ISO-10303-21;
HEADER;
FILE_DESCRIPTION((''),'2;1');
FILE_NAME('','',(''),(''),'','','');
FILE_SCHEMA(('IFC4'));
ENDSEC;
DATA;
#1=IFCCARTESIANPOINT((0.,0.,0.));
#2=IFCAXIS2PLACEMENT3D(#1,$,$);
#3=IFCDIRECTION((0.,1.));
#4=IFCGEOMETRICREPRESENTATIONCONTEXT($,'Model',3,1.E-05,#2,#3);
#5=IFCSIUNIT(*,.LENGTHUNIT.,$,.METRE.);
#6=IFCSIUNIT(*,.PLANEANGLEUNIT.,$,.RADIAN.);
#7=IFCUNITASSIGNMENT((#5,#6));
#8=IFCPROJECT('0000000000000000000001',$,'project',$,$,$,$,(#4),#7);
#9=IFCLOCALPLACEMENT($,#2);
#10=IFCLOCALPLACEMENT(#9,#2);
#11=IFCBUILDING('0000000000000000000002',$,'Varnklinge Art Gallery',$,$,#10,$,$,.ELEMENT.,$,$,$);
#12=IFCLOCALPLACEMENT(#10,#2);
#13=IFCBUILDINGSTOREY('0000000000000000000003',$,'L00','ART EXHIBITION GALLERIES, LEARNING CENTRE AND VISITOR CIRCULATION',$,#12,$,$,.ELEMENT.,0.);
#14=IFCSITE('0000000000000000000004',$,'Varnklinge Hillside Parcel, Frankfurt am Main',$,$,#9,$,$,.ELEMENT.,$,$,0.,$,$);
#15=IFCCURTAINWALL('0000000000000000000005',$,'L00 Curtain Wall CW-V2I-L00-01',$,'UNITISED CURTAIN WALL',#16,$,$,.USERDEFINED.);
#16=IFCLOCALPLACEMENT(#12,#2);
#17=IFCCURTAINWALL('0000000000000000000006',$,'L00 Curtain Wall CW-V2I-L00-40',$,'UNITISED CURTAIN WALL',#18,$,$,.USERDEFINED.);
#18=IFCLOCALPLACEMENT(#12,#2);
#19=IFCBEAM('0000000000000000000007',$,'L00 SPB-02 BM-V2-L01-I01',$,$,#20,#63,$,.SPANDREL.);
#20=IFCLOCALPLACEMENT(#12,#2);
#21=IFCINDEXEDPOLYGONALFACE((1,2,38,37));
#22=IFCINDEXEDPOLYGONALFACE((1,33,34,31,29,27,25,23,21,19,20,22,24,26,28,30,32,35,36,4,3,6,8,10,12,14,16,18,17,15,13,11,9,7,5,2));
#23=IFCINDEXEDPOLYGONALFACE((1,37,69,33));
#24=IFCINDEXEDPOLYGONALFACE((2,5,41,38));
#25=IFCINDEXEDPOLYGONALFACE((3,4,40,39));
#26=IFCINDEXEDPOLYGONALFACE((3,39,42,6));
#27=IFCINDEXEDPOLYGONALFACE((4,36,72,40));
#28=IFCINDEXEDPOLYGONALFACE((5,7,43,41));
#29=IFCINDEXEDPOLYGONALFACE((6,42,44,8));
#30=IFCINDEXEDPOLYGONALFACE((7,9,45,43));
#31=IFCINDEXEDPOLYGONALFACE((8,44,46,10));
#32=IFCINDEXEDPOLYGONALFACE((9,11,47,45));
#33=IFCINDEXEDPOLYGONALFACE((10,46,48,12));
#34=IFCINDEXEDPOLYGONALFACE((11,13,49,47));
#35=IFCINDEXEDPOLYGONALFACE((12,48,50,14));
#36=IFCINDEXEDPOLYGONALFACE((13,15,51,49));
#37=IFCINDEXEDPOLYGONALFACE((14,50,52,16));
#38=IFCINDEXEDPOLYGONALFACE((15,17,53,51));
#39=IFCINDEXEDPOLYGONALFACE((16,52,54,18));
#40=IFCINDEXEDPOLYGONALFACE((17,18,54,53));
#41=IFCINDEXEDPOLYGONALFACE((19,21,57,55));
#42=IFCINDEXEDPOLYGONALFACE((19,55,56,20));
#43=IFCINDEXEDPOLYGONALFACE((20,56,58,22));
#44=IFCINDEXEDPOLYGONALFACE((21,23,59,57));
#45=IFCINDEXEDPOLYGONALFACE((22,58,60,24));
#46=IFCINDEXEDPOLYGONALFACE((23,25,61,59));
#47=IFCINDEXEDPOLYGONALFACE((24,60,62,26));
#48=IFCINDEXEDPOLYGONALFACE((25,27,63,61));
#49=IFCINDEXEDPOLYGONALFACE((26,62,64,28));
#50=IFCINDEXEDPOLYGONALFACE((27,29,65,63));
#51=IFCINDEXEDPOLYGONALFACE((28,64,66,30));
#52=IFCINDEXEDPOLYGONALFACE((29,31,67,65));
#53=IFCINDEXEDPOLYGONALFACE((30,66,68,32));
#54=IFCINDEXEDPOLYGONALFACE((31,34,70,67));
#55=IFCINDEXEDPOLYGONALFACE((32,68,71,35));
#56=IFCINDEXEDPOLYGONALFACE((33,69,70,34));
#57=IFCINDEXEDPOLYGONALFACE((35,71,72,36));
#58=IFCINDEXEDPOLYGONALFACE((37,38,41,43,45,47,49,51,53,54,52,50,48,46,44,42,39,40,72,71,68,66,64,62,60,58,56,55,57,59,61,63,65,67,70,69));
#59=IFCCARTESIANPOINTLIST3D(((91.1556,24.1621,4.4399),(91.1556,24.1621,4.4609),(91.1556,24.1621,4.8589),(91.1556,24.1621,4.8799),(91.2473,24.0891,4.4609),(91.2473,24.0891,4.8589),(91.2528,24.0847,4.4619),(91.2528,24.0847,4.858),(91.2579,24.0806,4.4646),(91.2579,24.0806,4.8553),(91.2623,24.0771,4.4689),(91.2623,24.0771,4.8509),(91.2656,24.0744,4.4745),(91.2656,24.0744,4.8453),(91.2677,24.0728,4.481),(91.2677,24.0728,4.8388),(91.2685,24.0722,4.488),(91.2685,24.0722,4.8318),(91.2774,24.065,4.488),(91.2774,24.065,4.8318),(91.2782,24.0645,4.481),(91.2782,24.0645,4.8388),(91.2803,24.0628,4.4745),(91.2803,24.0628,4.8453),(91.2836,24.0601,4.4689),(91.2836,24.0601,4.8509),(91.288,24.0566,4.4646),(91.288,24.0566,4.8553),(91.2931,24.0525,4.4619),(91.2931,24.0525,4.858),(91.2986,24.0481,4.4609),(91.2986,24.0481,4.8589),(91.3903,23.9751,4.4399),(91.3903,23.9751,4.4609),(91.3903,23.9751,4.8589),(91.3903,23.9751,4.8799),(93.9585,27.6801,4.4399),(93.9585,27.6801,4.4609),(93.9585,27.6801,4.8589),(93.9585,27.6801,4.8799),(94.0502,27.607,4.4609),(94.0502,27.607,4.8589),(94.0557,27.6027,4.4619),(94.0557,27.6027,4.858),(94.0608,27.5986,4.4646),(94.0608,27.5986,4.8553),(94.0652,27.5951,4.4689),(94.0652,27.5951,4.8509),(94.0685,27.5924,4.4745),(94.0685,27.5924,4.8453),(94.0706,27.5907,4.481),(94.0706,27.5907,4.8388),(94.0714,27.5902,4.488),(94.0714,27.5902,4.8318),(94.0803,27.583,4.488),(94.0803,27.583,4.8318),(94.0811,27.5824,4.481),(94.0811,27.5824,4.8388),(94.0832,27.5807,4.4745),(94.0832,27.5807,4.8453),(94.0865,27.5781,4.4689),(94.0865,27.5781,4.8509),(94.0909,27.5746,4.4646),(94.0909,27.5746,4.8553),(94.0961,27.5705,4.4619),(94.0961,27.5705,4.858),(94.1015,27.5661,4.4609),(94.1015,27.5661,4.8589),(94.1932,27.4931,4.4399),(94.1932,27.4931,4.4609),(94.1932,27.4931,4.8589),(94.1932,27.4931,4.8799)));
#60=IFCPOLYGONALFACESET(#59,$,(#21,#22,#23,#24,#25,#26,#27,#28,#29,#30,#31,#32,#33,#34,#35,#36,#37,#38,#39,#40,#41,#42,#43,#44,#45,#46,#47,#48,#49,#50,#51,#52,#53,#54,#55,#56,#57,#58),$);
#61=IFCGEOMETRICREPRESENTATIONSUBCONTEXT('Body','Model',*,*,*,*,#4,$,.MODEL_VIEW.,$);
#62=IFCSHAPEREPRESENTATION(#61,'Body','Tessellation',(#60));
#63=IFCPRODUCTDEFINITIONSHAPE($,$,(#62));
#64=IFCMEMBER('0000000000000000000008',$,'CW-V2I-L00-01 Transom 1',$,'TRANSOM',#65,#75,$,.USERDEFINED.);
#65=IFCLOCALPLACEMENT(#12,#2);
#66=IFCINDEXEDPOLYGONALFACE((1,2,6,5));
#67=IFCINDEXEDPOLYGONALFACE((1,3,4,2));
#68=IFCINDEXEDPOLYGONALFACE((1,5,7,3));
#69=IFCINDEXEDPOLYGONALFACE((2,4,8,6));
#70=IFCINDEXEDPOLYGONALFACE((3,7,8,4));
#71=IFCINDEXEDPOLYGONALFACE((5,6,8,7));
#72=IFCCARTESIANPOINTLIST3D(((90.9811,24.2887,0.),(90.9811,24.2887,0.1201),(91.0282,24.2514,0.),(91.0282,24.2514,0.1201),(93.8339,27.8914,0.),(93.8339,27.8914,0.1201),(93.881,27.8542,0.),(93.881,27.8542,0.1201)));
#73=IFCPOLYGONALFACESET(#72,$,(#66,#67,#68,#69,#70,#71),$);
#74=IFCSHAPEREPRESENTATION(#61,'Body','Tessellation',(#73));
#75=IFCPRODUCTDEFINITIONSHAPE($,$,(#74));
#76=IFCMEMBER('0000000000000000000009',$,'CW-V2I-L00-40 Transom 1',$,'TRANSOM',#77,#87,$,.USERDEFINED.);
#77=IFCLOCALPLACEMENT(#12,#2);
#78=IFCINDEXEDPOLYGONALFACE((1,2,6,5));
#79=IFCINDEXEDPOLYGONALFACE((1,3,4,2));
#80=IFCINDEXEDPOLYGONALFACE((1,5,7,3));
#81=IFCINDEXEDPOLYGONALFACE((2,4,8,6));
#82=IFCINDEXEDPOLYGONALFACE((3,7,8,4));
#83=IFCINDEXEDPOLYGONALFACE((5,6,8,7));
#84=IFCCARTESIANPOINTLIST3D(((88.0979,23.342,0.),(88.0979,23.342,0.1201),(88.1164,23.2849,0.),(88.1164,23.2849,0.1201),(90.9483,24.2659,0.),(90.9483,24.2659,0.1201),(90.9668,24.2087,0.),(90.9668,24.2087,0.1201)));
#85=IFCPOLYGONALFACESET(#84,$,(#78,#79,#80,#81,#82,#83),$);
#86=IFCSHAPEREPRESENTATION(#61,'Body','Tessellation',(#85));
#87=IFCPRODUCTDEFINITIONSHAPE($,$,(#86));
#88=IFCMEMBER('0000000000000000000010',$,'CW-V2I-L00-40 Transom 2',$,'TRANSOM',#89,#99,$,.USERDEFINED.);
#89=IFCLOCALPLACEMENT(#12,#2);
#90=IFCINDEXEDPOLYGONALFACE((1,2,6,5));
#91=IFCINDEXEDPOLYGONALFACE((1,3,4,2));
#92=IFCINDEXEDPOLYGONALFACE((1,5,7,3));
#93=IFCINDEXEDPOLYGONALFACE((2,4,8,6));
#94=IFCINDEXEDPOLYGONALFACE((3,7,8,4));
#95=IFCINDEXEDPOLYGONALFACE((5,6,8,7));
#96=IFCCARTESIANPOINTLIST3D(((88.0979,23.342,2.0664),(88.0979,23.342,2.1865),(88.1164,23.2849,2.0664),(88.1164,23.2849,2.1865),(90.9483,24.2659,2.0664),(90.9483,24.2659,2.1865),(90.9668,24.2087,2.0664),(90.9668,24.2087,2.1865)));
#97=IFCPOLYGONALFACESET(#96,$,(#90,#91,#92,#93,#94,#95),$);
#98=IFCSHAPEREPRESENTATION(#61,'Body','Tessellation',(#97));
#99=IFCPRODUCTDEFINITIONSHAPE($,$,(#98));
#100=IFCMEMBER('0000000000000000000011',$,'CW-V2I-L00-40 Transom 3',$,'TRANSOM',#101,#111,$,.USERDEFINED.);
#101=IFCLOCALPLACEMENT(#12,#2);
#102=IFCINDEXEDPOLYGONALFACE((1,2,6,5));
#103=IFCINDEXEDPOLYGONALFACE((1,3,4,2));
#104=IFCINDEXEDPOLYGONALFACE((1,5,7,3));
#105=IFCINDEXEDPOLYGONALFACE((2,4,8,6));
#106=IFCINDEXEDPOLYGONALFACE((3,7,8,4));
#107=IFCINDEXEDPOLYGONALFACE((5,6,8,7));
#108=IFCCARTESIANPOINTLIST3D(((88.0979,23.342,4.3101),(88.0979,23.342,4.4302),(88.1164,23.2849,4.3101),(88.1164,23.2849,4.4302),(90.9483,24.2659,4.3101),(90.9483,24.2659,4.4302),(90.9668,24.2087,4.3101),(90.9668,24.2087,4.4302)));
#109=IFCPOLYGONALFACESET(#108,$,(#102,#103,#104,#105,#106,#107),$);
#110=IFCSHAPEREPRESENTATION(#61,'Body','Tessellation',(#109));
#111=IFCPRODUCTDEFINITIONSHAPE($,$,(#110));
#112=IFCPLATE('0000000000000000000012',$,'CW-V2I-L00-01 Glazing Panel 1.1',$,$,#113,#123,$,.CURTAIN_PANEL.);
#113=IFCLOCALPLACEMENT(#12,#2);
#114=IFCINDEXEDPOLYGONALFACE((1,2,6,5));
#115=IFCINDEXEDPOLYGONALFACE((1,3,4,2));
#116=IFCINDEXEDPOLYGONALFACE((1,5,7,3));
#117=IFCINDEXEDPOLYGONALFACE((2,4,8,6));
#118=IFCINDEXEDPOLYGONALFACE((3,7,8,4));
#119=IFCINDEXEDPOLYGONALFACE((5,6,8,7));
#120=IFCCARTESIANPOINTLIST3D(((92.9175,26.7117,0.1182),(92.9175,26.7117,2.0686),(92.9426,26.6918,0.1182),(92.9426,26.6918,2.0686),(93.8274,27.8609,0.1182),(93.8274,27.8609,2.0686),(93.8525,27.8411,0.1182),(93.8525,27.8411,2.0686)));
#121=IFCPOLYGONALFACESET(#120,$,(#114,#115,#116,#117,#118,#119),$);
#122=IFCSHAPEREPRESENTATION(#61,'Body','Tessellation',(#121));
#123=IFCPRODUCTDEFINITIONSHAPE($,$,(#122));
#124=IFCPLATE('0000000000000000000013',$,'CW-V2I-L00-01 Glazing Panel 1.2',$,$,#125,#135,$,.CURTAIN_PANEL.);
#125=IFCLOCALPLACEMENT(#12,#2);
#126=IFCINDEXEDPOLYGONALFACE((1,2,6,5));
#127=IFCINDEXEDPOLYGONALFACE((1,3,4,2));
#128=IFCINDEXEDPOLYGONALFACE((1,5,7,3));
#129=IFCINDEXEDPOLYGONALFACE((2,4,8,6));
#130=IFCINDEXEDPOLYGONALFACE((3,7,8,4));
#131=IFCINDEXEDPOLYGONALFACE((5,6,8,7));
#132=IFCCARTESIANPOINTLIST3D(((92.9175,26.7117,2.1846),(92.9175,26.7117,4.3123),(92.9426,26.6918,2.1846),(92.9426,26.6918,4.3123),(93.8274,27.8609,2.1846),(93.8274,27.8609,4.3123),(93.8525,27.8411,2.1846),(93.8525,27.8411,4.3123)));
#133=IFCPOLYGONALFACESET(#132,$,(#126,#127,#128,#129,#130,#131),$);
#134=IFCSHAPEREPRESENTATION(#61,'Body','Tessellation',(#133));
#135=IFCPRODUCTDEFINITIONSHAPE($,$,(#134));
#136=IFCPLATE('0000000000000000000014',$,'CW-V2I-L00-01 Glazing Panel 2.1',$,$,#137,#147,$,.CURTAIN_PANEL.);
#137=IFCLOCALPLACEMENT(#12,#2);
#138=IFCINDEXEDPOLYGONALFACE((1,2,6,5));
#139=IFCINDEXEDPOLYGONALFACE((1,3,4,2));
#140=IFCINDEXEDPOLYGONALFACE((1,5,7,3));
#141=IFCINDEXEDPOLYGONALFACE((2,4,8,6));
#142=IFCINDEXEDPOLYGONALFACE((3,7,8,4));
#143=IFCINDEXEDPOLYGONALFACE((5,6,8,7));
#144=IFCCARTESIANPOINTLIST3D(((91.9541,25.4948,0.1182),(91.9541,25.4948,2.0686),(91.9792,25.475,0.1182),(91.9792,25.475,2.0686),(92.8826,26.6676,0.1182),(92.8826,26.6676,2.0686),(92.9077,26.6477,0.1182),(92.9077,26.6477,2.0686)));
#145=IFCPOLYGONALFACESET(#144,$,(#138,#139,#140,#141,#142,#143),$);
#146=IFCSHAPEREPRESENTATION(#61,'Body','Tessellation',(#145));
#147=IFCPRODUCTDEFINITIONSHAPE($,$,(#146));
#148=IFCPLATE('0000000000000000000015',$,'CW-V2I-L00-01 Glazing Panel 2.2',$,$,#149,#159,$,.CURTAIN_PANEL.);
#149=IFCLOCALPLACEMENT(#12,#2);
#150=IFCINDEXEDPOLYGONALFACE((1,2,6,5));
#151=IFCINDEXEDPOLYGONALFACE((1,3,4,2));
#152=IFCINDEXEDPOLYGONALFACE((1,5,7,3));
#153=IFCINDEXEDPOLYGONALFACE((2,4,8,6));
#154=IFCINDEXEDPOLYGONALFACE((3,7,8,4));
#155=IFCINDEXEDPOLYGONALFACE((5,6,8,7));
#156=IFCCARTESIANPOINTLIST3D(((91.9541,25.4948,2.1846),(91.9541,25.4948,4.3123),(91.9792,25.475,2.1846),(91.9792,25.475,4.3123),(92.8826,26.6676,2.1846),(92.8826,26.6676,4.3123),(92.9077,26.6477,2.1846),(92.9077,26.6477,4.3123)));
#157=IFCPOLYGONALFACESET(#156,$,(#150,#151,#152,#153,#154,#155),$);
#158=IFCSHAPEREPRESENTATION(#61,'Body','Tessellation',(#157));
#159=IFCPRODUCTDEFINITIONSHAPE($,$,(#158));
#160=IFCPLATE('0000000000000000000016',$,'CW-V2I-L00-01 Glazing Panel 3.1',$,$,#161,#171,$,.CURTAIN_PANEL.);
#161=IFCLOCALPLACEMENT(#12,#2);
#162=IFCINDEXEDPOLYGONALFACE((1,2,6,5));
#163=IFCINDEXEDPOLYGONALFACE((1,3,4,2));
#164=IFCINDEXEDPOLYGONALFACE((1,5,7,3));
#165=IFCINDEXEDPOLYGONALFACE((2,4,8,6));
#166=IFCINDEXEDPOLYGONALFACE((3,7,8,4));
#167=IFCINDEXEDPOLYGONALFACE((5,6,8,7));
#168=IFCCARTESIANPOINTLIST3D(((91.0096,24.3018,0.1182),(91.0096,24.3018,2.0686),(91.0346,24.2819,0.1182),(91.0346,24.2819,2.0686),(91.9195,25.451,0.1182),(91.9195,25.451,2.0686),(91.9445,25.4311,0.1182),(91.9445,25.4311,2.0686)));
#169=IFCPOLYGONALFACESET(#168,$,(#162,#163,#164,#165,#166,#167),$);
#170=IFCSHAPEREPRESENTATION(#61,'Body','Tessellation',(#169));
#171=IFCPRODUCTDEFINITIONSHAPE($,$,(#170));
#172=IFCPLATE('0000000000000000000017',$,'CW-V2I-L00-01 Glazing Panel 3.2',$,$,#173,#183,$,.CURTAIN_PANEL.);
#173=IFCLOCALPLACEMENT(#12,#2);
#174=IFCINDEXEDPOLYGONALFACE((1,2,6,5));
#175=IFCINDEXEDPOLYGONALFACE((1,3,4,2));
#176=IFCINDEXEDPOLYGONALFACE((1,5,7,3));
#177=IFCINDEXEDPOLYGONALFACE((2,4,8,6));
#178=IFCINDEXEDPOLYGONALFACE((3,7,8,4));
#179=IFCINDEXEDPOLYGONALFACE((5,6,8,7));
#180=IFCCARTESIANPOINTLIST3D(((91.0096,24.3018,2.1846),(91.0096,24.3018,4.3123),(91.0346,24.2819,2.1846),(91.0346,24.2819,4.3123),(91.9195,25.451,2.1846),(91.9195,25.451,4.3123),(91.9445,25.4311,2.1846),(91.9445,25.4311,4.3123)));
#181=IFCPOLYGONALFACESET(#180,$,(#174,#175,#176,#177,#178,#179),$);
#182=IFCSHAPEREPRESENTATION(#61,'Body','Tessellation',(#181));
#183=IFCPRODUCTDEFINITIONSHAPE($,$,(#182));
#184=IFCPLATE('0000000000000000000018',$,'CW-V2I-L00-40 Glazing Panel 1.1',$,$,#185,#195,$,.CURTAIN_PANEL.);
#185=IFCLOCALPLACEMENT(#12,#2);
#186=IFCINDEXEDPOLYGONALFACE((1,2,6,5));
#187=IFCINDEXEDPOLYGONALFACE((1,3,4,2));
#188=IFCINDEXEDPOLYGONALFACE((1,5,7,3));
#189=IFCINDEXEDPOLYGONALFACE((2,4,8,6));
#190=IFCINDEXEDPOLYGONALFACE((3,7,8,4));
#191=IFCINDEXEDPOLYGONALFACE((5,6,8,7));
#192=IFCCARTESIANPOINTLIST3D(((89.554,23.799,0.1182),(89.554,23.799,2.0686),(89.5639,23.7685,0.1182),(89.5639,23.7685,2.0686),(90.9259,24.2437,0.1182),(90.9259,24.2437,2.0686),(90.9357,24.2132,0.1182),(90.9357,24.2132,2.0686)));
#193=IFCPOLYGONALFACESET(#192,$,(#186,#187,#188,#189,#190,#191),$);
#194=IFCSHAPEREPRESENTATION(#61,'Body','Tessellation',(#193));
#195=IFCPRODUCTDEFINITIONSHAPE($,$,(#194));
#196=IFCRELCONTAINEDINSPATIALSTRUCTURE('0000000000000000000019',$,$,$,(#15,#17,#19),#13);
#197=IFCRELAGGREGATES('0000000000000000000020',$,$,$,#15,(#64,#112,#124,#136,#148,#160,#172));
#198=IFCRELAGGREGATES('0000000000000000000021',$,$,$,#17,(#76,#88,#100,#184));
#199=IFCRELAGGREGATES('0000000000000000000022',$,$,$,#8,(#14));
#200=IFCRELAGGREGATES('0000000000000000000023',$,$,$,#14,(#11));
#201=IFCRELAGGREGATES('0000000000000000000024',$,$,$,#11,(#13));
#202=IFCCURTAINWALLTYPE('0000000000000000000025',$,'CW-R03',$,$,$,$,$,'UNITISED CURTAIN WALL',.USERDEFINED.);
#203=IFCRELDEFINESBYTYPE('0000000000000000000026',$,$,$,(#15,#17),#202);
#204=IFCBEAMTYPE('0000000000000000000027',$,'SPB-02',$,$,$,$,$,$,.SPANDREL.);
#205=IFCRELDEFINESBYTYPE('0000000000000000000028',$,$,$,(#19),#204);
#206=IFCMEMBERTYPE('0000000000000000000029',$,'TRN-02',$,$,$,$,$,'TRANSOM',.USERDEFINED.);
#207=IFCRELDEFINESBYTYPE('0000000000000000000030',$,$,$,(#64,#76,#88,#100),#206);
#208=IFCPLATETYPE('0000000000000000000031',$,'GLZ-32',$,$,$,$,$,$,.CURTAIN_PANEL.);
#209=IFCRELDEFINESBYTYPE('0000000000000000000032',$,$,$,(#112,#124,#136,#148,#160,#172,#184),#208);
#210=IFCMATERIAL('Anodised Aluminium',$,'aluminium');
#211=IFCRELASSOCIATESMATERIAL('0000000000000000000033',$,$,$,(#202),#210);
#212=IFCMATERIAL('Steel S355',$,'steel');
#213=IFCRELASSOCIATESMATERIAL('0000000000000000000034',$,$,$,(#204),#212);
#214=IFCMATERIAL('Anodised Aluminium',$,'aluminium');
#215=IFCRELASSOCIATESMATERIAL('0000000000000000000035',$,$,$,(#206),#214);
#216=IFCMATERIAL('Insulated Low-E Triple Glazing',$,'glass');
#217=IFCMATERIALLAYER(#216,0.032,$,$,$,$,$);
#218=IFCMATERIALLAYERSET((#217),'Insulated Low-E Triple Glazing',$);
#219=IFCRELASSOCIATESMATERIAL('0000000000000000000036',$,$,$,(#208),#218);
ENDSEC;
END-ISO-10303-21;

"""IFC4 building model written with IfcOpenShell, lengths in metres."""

from ifc_helpers import new_model, si_unit, direction, frame, origin, origin_2d, place, context, subcontext, project, spatial, rectangle, i_section, extrude, material, layer, layer_set, material_profile, profile_set, type_object, element, aggregate, save


model = new_model("IFC4")

# Units and contexts
model_context = context("Model", 3, precision=1e-05, world=origin(), true_north=direction((0.0, 1.0)))
body_context = subcontext(model_context, "Body", "Model", "MODEL_VIEW")
ifc_project = project(units=[si_unit("LENGTHUNIT", "METRE"), si_unit("PLANEANGLEUNIT", "RADIAN")], contexts=[model_context])

# Site, building, storey
site_placement = place(None, origin())
site = spatial("IfcSite", under=ifc_project, at=site_placement, Name="Varnklinge Hillside Parcel, Frankfurt am Main", CompositionType="ELEMENT", RefElevation=0.0)
building_placement = place(site_placement, origin())
building = spatial("IfcBuilding", under=site, at=building_placement, Name="Varnklinge Art Gallery", CompositionType="ELEMENT")
storey_placement = place(building_placement, origin())
storey = spatial("IfcBuildingStorey", under=building, at=storey_placement, Name="L00", Description="ART EXHIBITION GALLERIES, LEARNING CENTRE AND VISITOR CIRCULATION", CompositionType="ELEMENT", Elevation=0.0)

# Curtain walls
ifc_material_1 = material(Name="Anodised Aluminium", Category="aluminium")
curtain_wall_type = type_object("IfcCurtainWallType", Name="CW-R03", ElementType="UNITISED CURTAIN WALL", PredefinedType="USERDEFINED", material=ifc_material_1)
curtain_wall_1_placement = place(storey_placement, origin())
curtain_wall_1 = element("IfcCurtainWall", 1, at=curtain_wall_1_placement, inside=storey, type_object=curtain_wall_type, Name="L00 Curtain Wall CW-V2I-L00-01", ObjectType="UNITISED CURTAIN WALL", PredefinedType="USERDEFINED")
curtain_wall_2_placement = place(storey_placement, origin())
curtain_wall_2 = element("IfcCurtainWall", 2, at=curtain_wall_2_placement, inside=storey, type_object=curtain_wall_type, Name="L00 Curtain Wall CW-V2I-L00-40", ObjectType="UNITISED CURTAIN WALL", PredefinedType="USERDEFINED")

# Beam
ifc_material_2 = material(Name="Steel S355", Category="steel")
ifc_material_profile_1 = material_profile(ifc_material_2, i_section(OverallWidth=0.3, OverallDepth=0.4399, WebThickness=0.0115, FlangeThickness=0.021, FilletRadius=0.0271, at=origin_2d()), Name="HEA 450")
ifc_profile_set_1 = profile_set([ifc_material_profile_1], Name="Steel S355")
beam_type_1 = type_object("IfcBeamType", Name="SPB-02", PredefinedType="SPANDREL", material=ifc_profile_set_1)
beam_1_placement = place(storey_placement, frame((91.2729, 24.0686, 4.6599), z_axis=(0.623138, 0.782112, 0.0), x_axis=(-0.782112, 0.623138, 0.0)))
element("IfcBeam", 3, at=beam_1_placement, inside=storey, type_object=beam_type_1, Name="L00 SPB-02 BM-V2-L01-I01", PredefinedType="SPANDREL", context=body_context, shape_type="SweptSolid", body=[
    extrude(i_section(OverallWidth=0.3, OverallDepth=0.4399, WebThickness=0.0115, FlangeThickness=0.021, FilletRadius=0.0271, at=origin_2d()), origin(), (0.0, 0.0, 1.0), 4.498),
])

# Members
ifc_material_3 = material(Name="Anodised Aluminium", Category="aluminium")
ifc_material_profile_2 = material_profile(ifc_material_3, rectangle(XDim=0.0601, YDim=0.1201, at=origin_2d()), Name="ALU 60x120")
ifc_profile_set_2 = profile_set([ifc_material_profile_2], Name="Anodised Aluminium")
member_type_1 = type_object("IfcMemberType", Name="TRN-02", ElementType="TRANSOM", PredefinedType="USERDEFINED", material=ifc_profile_set_2)
member_1_placement = place(storey_placement, frame((93.8574, 27.8728, 0.0601), z_axis=(-0.620781, -0.783984, 0.0), x_axis=(0.783984, -0.620781, 0.0)))
member_1 = element("IfcMember", 4, at=member_1_placement, type_object=member_type_1, Name="CW-V2I-L00-01 Transom 1", ObjectType="TRANSOM", PredefinedType="USERDEFINED", context=body_context, shape_type="SweptSolid", body=[
    extrude(rectangle(XDim=0.0601, YDim=0.1201, at=origin_2d()), origin(), (0.0, 0.0, 1.0), 4.5955),
])
member_2_placement = place(storey_placement, frame((90.9575, 24.2373, 0.0601), z_axis=(-0.951282, -0.308321, 0.0), x_axis=(0.308321, -0.951282, 0.0)))
member_2 = element("IfcMember", 5, at=member_2_placement, type_object=member_type_1, Name="CW-V2I-L00-40 Transom 1", ObjectType="TRANSOM", PredefinedType="USERDEFINED", context=body_context, shape_type="SweptSolid", body=[
    extrude(rectangle(XDim=0.0601, YDim=0.1201, at=origin_2d()), origin(), (0.0, 0.0, 1.0), 2.9963),
])
member_3_placement = place(storey_placement, frame((90.9575, 24.2373, 2.1265), z_axis=(-0.951282, -0.308321, 0.0), x_axis=(0.308321, -0.951282, 0.0)))
member_3 = element("IfcMember", 6, at=member_3_placement, type_object=member_type_1, Name="CW-V2I-L00-40 Transom 2", ObjectType="TRANSOM", PredefinedType="USERDEFINED", context=body_context, shape_type="SweptSolid", body=[
    extrude(rectangle(XDim=0.0601, YDim=0.1201, at=origin_2d()), origin(), (0.0, 0.0, 1.0), 2.9963),
])
member_4_placement = place(storey_placement, frame((90.9575, 24.2373, 4.3701), z_axis=(-0.951282, -0.308321, 0.0), x_axis=(0.308321, -0.951282, 0.0)))
member_4 = element("IfcMember", 7, at=member_4_placement, type_object=member_type_1, Name="CW-V2I-L00-40 Transom 3", ObjectType="TRANSOM", PredefinedType="USERDEFINED", context=body_context, shape_type="SweptSolid", body=[
    extrude(rectangle(XDim=0.0601, YDim=0.1201, at=origin_2d()), origin(), (0.0, 0.0, 1.0), 2.9963),
])

# Plates
ifc_material_4 = material(Name="Insulated Low-E Triple Glazing", Category="glass")
ifc_layer_1 = layer(ifc_material_4, 0.032)
ifc_layer_set_1 = layer_set([ifc_layer_1], Name="Insulated Low-E Triple Glazing")
plate_type = type_object("IfcPlateType", Name="GLZ-32", PredefinedType="CURTAIN_PANEL", material=ifc_layer_set_1)
plate_1_placement = place(storey_placement, frame((93.385, 27.2764, 0.1182), z_axis=(0.0, 0.0, 1.0), x_axis=(-0.620737, -0.784019, 0.0)))
plate_1 = element("IfcPlate", 8, at=plate_1_placement, type_object=plate_type, Name="CW-V2I-L00-01 Glazing Panel 1.1", PredefinedType="CURTAIN_PANEL", context=body_context, shape_type="SweptSolid", body=[
    extrude(rectangle(XDim=1.4658, YDim=0.032, at=origin_2d()), origin(), (0.0, 0.0, 1.0), 1.9504),
])
plate_2_placement = place(storey_placement, frame((93.385, 27.2764, 2.1846), z_axis=(0.0, 0.0, 1.0), x_axis=(-0.620737, -0.784019, 0.0)))
plate_2 = element("IfcPlate", 9, at=plate_2_placement, type_object=plate_type, Name="CW-V2I-L00-01 Glazing Panel 1.2", PredefinedType="CURTAIN_PANEL", context=body_context, shape_type="SweptSolid", body=[
    extrude(rectangle(XDim=1.4658, YDim=0.032, at=origin_2d()), origin(), (0.0, 0.0, 1.0), 2.1277),
])
plate_3_placement = place(storey_placement, frame((92.4309, 26.0713, 0.1182), z_axis=(0.0, 0.0, 1.0), x_axis=(-0.620737, -0.784019, 0.0)))
plate_3 = element("IfcPlate", 10, at=plate_3_placement, type_object=plate_type, Name="CW-V2I-L00-01 Glazing Panel 2.1", PredefinedType="CURTAIN_PANEL", context=body_context, shape_type="SweptSolid", body=[
    extrude(rectangle(XDim=1.4958, YDim=0.032, at=origin_2d()), origin(), (0.0, 0.0, 1.0), 1.9504),
])
plate_4_placement = place(storey_placement, frame((92.4309, 26.0713, 2.1846), z_axis=(0.0, 0.0, 1.0), x_axis=(-0.620737, -0.784019, 0.0)))
plate_4 = element("IfcPlate", 11, at=plate_4_placement, type_object=plate_type, Name="CW-V2I-L00-01 Glazing Panel 2.2", PredefinedType="CURTAIN_PANEL", context=body_context, shape_type="SweptSolid", body=[
    extrude(rectangle(XDim=1.4958, YDim=0.032, at=origin_2d()), origin(), (0.0, 0.0, 1.0), 2.1277),
])
plate_5_placement = place(storey_placement, frame((91.4771, 24.8665, 0.1182), z_axis=(0.0, 0.0, 1.0), x_axis=(-0.620737, -0.784019, 0.0)))
plate_5 = element("IfcPlate", 12, at=plate_5_placement, type_object=plate_type, Name="CW-V2I-L00-01 Glazing Panel 3.1", PredefinedType="CURTAIN_PANEL", context=body_context, shape_type="SweptSolid", body=[
    extrude(rectangle(XDim=1.4658, YDim=0.032, at=origin_2d()), origin(), (0.0, 0.0, 1.0), 1.9504),
])
plate_6_placement = place(storey_placement, frame((91.4771, 24.8665, 2.1846), z_axis=(0.0, 0.0, 1.0), x_axis=(-0.620737, -0.784019, 0.0)))
plate_6 = element("IfcPlate", 13, at=plate_6_placement, type_object=plate_type, Name="CW-V2I-L00-01 Glazing Panel 3.2", PredefinedType="CURTAIN_PANEL", context=body_context, shape_type="SweptSolid", body=[
    extrude(rectangle(XDim=1.4658, YDim=0.032, at=origin_2d()), origin(), (0.0, 0.0, 1.0), 2.1277),
])
aggregate(curtain_wall_1, [member_1, plate_1, plate_2, plate_3, plate_4, plate_5, plate_6])
plate_7_placement = place(storey_placement, frame((90.2449, 24.0061, 0.1182), z_axis=(0.0, 0.0, 1.0), x_axis=(-0.951272, -0.308353, 0.0)))
plate_7 = element("IfcPlate", 14, at=plate_7_placement, type_object=plate_type, Name="CW-V2I-L00-40 Glazing Panel 1.1", PredefinedType="CURTAIN_PANEL", context=body_context, shape_type="SweptSolid", body=[
    extrude(rectangle(XDim=1.4421, YDim=0.032, at=origin_2d()), origin(), (0.0, 0.0, 1.0), 1.9504),
])
aggregate(curtain_wall_2, [member_2, member_3, member_4, plate_7])

save(model, "model.ifc")
